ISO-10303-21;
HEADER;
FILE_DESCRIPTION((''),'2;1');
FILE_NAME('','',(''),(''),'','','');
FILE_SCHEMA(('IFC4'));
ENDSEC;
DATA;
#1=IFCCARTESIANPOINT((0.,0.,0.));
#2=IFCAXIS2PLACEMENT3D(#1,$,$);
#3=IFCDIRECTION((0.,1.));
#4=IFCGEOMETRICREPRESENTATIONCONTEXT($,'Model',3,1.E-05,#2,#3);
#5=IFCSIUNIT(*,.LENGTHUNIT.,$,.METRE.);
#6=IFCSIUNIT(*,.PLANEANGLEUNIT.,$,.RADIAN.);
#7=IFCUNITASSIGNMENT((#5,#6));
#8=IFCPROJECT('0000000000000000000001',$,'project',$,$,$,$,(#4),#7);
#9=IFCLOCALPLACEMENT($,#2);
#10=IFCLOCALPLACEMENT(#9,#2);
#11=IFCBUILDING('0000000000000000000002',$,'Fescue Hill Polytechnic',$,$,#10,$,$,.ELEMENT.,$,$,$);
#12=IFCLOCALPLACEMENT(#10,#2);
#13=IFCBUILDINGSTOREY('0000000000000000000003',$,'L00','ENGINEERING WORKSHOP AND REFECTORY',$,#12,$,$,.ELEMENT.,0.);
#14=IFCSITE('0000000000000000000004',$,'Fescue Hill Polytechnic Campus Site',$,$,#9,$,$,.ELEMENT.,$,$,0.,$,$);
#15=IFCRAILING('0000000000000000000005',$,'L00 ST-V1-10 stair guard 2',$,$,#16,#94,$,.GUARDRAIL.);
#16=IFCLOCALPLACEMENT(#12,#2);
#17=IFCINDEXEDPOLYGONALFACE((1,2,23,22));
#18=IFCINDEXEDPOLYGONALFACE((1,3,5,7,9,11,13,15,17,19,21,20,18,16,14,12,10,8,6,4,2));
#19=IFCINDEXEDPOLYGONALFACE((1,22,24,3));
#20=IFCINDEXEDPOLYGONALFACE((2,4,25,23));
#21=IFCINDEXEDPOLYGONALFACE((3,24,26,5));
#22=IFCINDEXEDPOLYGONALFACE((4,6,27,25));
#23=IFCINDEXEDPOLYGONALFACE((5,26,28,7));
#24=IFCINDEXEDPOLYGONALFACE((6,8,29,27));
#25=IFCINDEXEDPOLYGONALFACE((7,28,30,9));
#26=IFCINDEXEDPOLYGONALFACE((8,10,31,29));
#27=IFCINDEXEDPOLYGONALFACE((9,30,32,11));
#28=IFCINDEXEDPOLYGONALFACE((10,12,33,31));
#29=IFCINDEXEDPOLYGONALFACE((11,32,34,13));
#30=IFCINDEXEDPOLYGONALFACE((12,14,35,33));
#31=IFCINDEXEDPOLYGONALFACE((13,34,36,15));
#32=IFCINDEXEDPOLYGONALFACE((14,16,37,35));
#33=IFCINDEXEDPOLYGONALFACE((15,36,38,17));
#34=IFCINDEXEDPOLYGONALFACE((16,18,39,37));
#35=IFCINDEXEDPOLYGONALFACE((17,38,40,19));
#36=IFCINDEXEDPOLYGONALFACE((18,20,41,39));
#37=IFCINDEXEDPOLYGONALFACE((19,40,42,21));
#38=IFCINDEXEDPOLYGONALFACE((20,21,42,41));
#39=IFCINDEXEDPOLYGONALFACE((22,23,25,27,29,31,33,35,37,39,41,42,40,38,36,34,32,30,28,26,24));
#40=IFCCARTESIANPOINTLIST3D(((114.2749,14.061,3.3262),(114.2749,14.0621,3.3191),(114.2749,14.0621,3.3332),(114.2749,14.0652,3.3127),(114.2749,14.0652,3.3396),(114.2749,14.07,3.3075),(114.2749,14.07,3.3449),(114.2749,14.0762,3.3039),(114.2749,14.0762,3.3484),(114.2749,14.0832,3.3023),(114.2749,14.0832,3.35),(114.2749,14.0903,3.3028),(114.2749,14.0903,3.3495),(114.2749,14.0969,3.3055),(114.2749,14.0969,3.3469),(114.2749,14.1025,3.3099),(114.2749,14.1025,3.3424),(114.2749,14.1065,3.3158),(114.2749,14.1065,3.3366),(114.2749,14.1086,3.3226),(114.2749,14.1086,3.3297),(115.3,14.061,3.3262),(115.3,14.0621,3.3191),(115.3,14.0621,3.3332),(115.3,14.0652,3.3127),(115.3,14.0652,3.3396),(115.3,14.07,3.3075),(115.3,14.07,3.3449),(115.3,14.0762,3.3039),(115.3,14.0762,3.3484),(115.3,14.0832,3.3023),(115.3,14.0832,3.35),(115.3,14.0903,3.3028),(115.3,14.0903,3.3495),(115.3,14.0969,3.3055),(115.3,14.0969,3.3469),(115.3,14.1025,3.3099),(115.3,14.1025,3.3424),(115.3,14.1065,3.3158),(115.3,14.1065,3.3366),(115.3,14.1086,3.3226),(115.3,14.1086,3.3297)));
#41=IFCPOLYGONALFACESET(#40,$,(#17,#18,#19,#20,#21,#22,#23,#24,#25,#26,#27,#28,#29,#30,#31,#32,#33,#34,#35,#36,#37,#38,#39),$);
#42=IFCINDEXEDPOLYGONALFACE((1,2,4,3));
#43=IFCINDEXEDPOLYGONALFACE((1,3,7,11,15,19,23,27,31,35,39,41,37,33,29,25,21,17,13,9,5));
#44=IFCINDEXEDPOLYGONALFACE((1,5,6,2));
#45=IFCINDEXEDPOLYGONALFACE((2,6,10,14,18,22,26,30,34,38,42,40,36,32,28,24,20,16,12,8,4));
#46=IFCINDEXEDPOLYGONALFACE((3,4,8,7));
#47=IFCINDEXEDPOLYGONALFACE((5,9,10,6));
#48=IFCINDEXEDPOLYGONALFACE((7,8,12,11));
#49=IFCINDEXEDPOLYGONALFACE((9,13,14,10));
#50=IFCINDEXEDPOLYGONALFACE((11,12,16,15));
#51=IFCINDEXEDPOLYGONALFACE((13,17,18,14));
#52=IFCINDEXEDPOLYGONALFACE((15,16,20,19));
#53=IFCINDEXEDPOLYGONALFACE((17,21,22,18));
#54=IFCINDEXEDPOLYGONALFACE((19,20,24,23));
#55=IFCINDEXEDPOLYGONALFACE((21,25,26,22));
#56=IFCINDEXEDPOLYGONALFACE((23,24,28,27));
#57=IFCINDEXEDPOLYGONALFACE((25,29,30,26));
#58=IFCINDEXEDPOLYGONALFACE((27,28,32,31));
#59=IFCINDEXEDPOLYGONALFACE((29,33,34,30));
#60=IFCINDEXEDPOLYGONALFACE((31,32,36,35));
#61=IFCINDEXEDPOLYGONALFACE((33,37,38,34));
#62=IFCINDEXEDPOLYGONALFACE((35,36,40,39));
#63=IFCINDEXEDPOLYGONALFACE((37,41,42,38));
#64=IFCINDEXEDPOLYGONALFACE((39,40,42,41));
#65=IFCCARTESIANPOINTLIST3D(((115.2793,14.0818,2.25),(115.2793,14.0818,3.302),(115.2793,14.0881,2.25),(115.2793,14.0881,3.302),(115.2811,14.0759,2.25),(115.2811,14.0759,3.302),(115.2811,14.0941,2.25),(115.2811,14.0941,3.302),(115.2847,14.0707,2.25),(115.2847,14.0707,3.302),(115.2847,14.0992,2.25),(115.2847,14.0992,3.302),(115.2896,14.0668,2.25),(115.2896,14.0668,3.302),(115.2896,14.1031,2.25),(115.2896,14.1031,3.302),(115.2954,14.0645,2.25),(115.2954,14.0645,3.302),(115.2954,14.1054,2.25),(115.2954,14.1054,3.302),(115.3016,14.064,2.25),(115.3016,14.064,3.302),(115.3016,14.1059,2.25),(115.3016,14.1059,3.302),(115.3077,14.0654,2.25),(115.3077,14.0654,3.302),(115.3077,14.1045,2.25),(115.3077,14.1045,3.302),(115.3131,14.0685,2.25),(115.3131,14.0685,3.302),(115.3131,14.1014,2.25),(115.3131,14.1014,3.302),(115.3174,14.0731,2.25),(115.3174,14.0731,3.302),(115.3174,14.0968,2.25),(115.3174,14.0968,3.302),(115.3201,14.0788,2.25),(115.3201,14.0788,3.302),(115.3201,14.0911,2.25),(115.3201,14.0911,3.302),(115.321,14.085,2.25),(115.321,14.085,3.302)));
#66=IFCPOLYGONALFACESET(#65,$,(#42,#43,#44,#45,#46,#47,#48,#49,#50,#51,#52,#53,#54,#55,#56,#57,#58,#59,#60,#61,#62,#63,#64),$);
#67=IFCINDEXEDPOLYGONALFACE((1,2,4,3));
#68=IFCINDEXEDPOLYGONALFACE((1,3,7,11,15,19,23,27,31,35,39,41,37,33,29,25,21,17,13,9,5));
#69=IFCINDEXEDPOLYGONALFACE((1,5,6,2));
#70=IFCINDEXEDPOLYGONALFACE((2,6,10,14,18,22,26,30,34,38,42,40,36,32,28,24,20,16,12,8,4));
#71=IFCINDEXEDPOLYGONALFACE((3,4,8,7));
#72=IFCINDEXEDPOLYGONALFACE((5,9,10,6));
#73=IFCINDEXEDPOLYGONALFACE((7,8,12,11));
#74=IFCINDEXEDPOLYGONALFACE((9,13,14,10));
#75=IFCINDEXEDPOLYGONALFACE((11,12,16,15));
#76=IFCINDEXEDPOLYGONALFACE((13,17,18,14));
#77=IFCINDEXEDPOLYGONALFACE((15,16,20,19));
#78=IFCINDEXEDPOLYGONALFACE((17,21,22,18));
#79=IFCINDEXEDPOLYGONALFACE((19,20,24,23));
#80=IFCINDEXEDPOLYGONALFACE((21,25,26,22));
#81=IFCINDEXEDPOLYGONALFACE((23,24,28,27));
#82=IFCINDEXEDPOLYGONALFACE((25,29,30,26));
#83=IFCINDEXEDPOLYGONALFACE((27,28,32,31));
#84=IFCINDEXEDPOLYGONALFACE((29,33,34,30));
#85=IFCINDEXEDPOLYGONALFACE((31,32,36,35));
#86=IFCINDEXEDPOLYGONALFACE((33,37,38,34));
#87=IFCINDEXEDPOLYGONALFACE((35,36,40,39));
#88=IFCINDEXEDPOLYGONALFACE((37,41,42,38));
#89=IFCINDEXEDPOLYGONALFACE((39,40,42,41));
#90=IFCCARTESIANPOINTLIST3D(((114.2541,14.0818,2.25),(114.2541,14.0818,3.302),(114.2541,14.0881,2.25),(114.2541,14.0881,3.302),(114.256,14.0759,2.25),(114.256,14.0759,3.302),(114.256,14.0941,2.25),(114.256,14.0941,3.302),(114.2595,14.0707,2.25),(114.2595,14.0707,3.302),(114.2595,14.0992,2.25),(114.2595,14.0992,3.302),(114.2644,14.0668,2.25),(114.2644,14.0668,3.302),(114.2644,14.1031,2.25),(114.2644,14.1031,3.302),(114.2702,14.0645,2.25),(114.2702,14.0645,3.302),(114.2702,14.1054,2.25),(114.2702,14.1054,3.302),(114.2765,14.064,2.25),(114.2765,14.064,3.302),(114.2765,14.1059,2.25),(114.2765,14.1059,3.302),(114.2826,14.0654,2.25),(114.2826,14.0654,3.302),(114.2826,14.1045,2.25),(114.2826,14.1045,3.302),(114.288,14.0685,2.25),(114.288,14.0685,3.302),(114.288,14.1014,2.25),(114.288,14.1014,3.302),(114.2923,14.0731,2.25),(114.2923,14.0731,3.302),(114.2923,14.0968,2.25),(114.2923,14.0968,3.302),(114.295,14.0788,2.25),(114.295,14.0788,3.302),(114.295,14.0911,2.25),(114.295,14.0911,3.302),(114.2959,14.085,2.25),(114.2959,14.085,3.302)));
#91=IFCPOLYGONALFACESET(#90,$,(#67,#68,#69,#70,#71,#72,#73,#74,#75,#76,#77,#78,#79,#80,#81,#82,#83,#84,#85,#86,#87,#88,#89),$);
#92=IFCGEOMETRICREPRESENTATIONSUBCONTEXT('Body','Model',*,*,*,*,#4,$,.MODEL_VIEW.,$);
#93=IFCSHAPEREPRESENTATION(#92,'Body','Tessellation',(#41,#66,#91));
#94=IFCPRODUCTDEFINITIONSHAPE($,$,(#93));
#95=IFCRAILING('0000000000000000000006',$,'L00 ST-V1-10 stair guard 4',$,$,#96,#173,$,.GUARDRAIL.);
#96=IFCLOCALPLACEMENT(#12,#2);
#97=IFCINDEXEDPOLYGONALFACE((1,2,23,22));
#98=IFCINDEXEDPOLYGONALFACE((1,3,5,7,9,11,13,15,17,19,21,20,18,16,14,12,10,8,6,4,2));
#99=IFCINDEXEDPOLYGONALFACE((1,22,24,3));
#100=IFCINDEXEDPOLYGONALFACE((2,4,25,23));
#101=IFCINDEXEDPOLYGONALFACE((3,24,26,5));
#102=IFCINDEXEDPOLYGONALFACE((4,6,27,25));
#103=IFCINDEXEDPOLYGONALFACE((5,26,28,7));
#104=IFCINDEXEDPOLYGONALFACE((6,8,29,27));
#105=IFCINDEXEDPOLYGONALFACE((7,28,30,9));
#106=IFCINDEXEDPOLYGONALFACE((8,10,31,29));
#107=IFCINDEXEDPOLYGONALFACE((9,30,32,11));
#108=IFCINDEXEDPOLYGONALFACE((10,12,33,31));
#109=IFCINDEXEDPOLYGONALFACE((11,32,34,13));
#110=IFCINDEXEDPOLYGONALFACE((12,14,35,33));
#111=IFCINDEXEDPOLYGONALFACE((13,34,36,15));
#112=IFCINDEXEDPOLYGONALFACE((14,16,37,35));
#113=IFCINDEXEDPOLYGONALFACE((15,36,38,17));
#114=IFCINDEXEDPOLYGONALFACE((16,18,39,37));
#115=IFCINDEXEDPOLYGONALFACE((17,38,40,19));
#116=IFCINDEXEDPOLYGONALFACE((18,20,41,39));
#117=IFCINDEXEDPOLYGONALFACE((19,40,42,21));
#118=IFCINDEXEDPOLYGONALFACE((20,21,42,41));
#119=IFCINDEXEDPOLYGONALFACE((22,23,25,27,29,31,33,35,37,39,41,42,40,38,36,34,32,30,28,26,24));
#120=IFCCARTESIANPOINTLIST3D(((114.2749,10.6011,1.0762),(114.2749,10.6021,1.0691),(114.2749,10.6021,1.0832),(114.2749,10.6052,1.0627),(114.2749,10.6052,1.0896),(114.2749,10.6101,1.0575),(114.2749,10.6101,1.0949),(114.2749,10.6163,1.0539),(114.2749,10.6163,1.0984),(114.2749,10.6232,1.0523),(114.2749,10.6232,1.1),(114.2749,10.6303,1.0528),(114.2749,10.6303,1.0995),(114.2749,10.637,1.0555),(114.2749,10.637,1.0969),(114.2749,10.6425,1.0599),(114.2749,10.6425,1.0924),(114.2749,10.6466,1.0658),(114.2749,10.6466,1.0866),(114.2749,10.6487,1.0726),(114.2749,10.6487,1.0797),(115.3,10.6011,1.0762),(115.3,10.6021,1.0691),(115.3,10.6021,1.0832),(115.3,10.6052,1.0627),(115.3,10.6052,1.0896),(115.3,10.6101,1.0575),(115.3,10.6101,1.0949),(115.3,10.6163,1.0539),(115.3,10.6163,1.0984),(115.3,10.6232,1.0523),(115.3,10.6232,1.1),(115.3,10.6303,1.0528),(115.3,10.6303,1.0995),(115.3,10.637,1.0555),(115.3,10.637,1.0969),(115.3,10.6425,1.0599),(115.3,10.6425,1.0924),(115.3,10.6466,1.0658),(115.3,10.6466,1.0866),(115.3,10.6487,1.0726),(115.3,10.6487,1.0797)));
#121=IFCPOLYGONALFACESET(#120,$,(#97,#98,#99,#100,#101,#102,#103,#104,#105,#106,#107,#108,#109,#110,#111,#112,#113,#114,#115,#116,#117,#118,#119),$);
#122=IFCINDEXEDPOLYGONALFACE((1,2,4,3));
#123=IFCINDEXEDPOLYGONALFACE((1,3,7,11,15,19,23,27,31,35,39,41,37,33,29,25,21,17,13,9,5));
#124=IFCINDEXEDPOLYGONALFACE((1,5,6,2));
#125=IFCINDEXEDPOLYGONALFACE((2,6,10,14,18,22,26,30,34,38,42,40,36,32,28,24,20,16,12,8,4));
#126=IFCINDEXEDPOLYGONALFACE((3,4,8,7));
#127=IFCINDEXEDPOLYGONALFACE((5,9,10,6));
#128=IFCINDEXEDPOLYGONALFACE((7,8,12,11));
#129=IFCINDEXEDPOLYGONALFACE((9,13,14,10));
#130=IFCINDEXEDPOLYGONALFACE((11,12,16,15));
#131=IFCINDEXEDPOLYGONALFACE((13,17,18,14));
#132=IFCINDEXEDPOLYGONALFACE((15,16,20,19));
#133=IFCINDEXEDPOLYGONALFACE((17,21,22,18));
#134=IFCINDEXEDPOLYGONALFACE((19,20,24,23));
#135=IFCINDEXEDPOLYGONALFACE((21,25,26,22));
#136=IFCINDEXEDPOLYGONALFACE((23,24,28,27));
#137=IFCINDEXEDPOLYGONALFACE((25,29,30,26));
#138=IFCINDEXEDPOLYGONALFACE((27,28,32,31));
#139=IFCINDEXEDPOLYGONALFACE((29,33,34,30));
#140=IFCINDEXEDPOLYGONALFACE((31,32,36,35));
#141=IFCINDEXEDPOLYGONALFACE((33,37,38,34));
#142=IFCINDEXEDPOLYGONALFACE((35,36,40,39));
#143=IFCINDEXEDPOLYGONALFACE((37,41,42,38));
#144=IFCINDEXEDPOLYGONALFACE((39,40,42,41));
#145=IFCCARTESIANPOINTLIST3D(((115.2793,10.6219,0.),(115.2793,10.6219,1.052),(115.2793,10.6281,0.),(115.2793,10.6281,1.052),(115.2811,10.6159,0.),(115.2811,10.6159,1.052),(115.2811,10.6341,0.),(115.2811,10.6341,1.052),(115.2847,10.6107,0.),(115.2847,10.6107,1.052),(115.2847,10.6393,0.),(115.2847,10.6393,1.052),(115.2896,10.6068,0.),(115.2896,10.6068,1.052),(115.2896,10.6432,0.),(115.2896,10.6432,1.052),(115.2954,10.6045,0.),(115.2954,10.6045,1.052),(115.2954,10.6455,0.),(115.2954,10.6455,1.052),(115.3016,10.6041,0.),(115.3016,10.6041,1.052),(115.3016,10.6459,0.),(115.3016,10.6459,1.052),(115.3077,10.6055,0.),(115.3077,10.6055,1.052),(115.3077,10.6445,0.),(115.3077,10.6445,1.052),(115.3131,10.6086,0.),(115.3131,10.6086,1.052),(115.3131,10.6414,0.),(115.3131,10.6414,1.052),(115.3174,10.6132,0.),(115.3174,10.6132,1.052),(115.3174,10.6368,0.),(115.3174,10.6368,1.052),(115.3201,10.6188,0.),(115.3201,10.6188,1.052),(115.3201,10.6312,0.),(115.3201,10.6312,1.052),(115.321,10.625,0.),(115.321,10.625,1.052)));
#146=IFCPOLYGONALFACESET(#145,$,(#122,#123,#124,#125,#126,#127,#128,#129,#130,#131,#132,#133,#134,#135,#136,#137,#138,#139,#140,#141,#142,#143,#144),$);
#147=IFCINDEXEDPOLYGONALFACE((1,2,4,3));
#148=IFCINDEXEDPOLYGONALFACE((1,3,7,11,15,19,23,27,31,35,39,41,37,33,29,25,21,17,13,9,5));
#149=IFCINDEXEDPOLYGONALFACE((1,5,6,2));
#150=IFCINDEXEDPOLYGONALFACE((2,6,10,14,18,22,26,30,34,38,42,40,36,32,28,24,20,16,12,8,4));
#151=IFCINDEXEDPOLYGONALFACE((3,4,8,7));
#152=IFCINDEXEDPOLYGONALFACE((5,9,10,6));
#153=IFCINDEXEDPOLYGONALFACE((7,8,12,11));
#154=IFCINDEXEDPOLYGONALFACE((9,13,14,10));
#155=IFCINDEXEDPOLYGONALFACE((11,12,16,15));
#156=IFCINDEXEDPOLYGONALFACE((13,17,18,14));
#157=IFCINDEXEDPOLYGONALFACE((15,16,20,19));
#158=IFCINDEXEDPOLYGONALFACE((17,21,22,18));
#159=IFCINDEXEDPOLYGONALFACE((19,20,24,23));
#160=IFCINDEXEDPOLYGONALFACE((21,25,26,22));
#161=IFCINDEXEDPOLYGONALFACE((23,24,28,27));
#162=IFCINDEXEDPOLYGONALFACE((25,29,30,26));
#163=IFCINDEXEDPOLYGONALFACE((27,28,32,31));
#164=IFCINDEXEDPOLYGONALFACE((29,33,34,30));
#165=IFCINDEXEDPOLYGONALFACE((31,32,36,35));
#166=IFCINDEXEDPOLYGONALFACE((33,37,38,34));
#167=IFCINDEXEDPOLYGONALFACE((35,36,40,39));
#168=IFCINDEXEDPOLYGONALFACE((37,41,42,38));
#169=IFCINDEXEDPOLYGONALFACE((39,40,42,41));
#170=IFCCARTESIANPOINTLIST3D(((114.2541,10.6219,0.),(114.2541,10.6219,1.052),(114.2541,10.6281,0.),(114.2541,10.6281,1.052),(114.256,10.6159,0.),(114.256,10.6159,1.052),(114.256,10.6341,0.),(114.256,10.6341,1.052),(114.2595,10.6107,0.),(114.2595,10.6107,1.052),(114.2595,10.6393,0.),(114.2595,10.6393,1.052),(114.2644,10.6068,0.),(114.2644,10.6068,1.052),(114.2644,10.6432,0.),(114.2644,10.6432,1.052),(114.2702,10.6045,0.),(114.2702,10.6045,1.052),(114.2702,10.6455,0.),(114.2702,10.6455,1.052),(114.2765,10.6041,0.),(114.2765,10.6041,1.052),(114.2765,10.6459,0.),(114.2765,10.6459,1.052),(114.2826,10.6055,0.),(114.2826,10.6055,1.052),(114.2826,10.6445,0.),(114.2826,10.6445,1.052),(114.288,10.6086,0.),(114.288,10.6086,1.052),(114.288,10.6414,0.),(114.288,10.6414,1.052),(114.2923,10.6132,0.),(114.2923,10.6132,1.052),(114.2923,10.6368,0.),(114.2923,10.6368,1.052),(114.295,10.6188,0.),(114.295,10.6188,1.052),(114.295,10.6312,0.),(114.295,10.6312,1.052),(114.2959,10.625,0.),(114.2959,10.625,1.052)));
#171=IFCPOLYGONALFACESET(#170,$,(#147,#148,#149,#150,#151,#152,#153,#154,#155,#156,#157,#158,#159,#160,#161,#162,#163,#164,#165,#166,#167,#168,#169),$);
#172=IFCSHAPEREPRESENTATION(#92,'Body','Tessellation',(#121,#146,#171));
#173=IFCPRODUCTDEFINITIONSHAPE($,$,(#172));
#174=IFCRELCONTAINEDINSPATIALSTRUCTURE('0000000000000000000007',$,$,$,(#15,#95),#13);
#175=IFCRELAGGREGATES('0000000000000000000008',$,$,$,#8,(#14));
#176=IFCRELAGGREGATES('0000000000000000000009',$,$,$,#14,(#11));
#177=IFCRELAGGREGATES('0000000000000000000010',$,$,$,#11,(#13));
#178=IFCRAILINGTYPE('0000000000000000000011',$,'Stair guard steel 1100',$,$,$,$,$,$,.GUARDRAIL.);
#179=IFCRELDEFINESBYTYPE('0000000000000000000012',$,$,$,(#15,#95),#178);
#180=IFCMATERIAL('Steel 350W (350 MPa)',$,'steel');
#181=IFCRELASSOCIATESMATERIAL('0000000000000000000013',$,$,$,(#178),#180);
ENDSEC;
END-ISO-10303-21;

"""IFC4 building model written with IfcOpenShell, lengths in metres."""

from ifc_helpers import new_model, si_unit, direction, frame, origin, origin_2d, place, context, subcontext, project, spatial, circle, extrude, material, type_object, element, save


model = new_model("IFC4")

# Units and contexts
model_context = context("Model", 3, precision=1e-05, world=origin(), true_north=direction((0.0, 1.0)))
body_context = subcontext(model_context, "Body", "Model", "MODEL_VIEW")
ifc_project = project(units=[si_unit("LENGTHUNIT", "METRE"), si_unit("PLANEANGLEUNIT", "RADIAN")], contexts=[model_context])

# Site, building, storey
site_placement = place(None, origin())
site = spatial("IfcSite", under=ifc_project, at=site_placement, Name="Fescue Hill Polytechnic Campus Site", CompositionType="ELEMENT", RefElevation=0.0)
building_placement = place(site_placement, origin())
building = spatial("IfcBuilding", under=site, at=building_placement, Name="Fescue Hill Polytechnic", CompositionType="ELEMENT")
storey_placement = place(building_placement, origin())
storey = spatial("IfcBuildingStorey", under=building, at=storey_placement, Name="L00", Description="ENGINEERING WORKSHOP AND REFECTORY", CompositionType="ELEMENT", Elevation=0.0)

# Railings
ifc_material_1 = material(Name="Steel 350W (350 MPa)", Category="steel")
railing_type_1 = type_object("IfcRailingType", Name="Stair guard steel 1100", PredefinedType="GUARDRAIL", material=ifc_material_1)
for number, where, name in (
    (1, (115.3, 14.085, 2.25), "L00 ST-V1-10 stair guard 2"),
    (2, (115.3, 10.625, 0.0), "L00 ST-V1-10 stair guard 4"),
):
    element("IfcRailing", number, at=place(storey_placement, frame(where)), inside=storey, type_object=railing_type_1, Name=name, PredefinedType="GUARDRAIL", context=body_context, shape_type="SweptSolid", body=[
        extrude(circle(Radius=0.0239, at=origin_2d()), frame((0.0, 0.0, 1.0762), z_axis=(-1.0, 0.0, 0.0), x_axis=(0.0, -1.0, 0.0)), (0.0, 0.0, 1.0), 1.0251),
        extrude(circle(Radius=0.021, at=origin_2d()), origin(), (0.0, 0.0, 1.0), 1.052),
        extrude(circle(Radius=0.021, at=origin_2d()), frame((-1.0251, 0.0, 0.0)), (0.0, 0.0, 1.0), 1.052),
    ])

save(model, "model.ifc")
